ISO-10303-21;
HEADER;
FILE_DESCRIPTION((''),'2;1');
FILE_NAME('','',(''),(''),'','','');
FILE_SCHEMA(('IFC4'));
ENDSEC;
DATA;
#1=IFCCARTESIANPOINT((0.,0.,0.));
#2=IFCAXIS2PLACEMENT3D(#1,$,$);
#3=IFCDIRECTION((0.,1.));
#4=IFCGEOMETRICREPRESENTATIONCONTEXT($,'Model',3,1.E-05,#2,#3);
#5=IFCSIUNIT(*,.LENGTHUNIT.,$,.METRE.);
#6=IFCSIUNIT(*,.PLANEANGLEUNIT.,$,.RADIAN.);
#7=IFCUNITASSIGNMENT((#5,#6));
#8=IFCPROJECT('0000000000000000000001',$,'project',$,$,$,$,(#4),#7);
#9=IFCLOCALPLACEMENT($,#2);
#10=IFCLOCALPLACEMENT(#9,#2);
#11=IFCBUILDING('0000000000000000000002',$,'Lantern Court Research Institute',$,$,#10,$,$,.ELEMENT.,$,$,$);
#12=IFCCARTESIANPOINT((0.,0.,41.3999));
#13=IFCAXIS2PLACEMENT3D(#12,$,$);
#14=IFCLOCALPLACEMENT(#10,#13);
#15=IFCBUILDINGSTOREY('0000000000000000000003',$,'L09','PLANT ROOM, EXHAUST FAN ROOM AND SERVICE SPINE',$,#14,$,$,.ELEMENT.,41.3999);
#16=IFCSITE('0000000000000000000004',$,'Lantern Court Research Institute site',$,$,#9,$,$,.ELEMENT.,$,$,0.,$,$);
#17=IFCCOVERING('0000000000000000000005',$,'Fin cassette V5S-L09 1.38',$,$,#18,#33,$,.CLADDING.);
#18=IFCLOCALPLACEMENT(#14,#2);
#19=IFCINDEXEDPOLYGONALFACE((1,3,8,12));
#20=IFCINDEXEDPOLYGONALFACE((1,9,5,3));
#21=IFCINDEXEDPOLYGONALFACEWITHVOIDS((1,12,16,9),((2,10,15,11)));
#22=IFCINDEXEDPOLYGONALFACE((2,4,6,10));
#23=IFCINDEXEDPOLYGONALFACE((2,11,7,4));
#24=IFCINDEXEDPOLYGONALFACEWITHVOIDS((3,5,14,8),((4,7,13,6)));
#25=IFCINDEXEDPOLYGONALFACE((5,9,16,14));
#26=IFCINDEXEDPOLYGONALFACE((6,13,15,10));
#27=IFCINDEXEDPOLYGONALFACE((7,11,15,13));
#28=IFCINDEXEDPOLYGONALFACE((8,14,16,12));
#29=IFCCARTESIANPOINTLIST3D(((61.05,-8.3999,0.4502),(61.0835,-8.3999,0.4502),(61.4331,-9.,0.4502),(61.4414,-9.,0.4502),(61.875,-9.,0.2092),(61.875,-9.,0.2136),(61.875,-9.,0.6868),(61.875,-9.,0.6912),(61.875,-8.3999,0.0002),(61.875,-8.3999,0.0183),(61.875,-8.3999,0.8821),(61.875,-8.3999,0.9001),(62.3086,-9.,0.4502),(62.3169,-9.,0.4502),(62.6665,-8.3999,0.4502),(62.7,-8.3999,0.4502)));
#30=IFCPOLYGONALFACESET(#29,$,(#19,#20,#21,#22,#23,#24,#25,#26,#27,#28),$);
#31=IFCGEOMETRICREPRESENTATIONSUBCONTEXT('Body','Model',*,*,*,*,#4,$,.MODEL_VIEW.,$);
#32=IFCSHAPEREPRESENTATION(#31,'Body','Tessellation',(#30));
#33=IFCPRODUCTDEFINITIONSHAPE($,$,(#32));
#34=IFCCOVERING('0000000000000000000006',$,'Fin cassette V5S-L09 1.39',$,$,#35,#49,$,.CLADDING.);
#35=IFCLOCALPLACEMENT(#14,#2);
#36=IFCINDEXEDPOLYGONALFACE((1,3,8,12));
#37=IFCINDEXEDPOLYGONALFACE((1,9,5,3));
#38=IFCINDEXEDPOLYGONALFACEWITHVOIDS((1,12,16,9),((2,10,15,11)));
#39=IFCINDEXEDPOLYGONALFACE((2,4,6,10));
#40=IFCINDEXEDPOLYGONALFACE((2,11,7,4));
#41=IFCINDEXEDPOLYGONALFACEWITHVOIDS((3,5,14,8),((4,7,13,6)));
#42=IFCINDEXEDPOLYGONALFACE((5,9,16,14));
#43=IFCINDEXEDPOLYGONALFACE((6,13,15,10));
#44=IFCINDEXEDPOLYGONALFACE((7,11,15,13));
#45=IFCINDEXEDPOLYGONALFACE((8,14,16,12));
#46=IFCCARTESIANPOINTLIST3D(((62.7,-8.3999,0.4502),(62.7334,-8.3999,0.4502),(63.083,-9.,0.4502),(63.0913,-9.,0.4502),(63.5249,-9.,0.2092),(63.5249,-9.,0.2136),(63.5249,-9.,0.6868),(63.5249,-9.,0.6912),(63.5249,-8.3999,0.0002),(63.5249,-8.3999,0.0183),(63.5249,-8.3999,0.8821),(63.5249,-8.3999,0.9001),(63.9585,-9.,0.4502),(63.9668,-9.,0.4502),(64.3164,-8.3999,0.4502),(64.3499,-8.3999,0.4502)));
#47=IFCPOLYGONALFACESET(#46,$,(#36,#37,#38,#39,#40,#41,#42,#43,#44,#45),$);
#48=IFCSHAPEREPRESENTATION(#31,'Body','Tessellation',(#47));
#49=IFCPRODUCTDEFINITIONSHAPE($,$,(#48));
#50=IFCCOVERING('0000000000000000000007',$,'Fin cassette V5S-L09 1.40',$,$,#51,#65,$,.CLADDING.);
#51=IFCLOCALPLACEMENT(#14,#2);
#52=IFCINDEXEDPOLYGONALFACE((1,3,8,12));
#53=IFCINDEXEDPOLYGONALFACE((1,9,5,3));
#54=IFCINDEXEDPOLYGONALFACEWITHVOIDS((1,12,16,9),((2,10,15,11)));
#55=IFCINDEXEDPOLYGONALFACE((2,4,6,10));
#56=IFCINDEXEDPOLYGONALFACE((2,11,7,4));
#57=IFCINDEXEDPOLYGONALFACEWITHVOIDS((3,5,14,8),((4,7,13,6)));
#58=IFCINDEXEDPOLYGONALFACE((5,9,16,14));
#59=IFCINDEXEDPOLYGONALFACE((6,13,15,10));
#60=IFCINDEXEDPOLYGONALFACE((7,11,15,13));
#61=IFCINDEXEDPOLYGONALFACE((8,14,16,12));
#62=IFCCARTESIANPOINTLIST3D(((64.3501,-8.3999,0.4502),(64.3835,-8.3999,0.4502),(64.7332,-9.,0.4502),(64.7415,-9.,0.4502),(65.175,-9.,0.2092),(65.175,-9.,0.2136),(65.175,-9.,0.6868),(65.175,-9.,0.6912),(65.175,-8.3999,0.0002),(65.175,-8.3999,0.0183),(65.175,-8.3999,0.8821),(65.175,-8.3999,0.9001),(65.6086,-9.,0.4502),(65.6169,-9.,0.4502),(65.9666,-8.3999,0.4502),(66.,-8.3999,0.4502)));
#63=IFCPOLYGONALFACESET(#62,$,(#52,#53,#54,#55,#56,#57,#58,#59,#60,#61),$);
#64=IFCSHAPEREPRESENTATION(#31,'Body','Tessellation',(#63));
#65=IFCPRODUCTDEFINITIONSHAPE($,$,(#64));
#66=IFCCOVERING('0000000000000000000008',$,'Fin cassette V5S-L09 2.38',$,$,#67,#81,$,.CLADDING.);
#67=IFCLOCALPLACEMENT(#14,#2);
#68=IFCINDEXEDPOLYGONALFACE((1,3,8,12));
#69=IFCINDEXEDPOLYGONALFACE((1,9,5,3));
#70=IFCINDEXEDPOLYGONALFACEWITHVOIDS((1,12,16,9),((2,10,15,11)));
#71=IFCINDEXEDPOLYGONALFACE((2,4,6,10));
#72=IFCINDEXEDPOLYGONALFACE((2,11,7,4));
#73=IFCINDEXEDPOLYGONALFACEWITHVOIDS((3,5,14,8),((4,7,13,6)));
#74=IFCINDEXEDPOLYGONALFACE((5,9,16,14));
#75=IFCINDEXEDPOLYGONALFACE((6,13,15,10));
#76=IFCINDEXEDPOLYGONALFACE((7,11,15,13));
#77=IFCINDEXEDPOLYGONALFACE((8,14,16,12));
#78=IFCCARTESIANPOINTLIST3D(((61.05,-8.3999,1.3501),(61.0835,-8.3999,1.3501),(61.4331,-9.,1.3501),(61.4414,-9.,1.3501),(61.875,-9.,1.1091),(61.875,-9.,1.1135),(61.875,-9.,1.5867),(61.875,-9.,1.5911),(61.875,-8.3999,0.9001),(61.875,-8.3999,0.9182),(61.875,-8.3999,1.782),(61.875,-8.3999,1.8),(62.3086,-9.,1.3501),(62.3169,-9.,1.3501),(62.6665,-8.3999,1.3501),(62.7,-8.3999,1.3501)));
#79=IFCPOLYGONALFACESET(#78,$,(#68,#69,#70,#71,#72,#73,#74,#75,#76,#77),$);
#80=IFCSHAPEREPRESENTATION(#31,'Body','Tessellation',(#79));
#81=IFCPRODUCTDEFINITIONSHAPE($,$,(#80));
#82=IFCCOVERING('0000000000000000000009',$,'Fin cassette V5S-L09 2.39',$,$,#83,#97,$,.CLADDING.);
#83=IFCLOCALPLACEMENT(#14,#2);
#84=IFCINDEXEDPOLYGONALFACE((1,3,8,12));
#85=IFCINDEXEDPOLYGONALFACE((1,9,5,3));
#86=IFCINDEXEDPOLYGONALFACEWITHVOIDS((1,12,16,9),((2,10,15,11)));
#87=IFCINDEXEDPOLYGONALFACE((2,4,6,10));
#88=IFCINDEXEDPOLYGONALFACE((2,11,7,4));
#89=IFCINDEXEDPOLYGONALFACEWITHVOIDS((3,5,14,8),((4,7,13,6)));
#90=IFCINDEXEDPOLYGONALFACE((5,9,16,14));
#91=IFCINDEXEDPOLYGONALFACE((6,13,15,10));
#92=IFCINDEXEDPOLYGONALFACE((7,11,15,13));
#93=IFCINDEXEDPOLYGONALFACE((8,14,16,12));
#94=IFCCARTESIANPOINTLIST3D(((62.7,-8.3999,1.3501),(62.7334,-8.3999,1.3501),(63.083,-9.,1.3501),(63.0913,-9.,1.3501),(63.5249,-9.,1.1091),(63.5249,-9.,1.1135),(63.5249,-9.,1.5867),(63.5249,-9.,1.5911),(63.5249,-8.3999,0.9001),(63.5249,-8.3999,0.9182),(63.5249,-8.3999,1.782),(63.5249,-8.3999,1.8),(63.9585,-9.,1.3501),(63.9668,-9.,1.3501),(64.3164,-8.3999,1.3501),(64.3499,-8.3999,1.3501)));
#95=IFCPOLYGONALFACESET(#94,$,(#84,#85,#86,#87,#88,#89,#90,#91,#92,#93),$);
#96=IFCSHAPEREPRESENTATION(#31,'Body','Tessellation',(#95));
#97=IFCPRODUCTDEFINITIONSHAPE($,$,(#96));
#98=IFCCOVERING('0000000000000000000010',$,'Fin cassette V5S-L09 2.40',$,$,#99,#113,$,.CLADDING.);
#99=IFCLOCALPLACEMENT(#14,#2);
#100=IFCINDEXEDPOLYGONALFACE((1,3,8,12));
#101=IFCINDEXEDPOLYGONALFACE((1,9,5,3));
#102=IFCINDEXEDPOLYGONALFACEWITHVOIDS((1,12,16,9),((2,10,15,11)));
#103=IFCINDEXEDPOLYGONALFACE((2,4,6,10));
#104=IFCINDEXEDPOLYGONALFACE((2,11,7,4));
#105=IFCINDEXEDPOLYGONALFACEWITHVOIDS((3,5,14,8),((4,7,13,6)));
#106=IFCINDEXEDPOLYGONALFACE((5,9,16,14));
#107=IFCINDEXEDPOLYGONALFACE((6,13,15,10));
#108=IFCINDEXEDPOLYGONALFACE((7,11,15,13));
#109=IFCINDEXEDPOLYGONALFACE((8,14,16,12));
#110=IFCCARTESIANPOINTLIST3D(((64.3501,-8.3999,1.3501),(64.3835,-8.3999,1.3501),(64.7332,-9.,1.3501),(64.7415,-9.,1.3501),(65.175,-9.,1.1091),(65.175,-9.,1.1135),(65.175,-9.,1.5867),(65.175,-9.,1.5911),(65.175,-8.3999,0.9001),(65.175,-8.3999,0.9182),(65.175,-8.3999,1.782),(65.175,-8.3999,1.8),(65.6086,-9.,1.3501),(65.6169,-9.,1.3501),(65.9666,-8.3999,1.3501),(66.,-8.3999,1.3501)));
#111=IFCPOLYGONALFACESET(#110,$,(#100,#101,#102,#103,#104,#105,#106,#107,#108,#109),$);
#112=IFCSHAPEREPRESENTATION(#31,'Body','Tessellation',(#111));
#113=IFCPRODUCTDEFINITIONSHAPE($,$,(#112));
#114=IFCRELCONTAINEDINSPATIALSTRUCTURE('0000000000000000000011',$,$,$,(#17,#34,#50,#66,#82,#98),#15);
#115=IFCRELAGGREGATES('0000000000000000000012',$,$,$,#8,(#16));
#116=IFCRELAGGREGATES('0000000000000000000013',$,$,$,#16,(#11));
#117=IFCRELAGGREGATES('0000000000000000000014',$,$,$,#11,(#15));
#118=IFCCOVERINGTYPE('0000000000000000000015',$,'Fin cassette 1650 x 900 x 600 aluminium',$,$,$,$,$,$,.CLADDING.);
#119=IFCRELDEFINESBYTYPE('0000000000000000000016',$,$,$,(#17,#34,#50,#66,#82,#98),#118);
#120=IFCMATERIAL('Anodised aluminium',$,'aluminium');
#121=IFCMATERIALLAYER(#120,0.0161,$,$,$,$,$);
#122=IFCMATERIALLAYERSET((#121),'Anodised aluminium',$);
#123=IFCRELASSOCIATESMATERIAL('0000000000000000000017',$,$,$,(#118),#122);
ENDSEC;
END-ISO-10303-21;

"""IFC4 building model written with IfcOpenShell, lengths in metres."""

from ifc_helpers import new_model, entity, si_unit, direction, frame, origin, place, context, subcontext, project, spatial, material, layer, layer_set, type_object, element, save


model = new_model("IFC4")

# Units and contexts
model_context = context("Model", 3, precision=1e-05, world=origin(), true_north=direction((0.0, 1.0)))
body_context = subcontext(model_context, "Body", "Model", "MODEL_VIEW")
ifc_project = project(units=[si_unit("LENGTHUNIT", "METRE"), si_unit("PLANEANGLEUNIT", "RADIAN")], contexts=[model_context])

# Site, building, storey
site_placement = place(None, origin())
site = spatial("IfcSite", under=ifc_project, at=site_placement, Name="Lantern Court Research Institute site", CompositionType="ELEMENT", RefElevation=0.0)
building_placement = place(site_placement, origin())
building = spatial("IfcBuilding", under=site, at=building_placement, Name="Lantern Court Research Institute", CompositionType="ELEMENT")
storey_placement = place(building_placement, frame((0.0, 0.0, 41.3999)))
storey = spatial("IfcBuildingStorey", under=building, at=storey_placement, Name="L09", Description="PLANT ROOM, EXHAUST FAN ROOM AND SERVICE SPINE", CompositionType="ELEMENT", Elevation=41.3999)

# Coverings
ifc_material_1 = material(Name="Anodised aluminium", Category="aluminium")
ifc_layer_1 = layer(ifc_material_1, 0.0161)
ifc_layer_set_1 = layer_set([ifc_layer_1], Name="Anodised aluminium")
covering_type = type_object("IfcCoveringType", Name="Fin cassette 1650 x 900 x 600 aluminium", PredefinedType="CLADDING", material=ifc_layer_set_1)
covering_1_placement = place(storey_placement, frame((61.875, -8.3999, 0.4502), z_axis=(0.0, -1.0, 0.0), x_axis=(1.0, 0.0, 0.0)))
cartesian_point_1 = entity("IfcCartesianPoint", [0.825, 0.0])
cartesian_point_2 = entity("IfcCartesianPoint", [0.7915, 0.0])
cartesian_point_3 = entity("IfcCartesianPoint", [0.4419, 0.0])
cartesian_point_4 = entity("IfcCartesianPoint", [0.4336, 0.0])
element("IfcCovering", 1, at=covering_1_placement, inside=storey, type_object=covering_type, Name="Fin cassette V5S-L09 1.38", PredefinedType="CLADDING", context=body_context, shape_type="SweptSolid", body=[
    entity("IfcExtrudedAreaSolidTapered", entity("IfcArbitraryProfileDefWithVoids", "AREA", None, entity("IfcPolyline", [cartesian_point_1, entity("IfcCartesianPoint", [0.0, 0.45]), entity("IfcCartesianPoint", [-0.825, 0.0]), entity("IfcCartesianPoint", [0.0, -0.45]), cartesian_point_1]), [entity("IfcPolyline", [cartesian_point_2, entity("IfcCartesianPoint", [0.0, 0.4319]), entity("IfcCartesianPoint", [-0.7915, 0.0]), entity("IfcCartesianPoint", [0.0, -0.4319]), cartesian_point_2])]), entity("IfcAxis2Placement3D", entity("IfcCartesianPoint", [0.0, 0.0, 0.0])), entity("IfcDirection", [0.0, 0.0, 1.0]), 0.6001, entity("IfcArbitraryProfileDefWithVoids", "AREA", None, entity("IfcPolyline", [cartesian_point_3, entity("IfcCartesianPoint", [0.0, 0.241]), entity("IfcCartesianPoint", [-0.4419, 0.0]), entity("IfcCartesianPoint", [0.0, -0.241]), cartesian_point_3]), [entity("IfcPolyline", [cartesian_point_4, entity("IfcCartesianPoint", [0.0, 0.2366]), entity("IfcCartesianPoint", [-0.4336, 0.0]), entity("IfcCartesianPoint", [0.0, -0.2366]), cartesian_point_4])])),
])
covering_2_placement = place(storey_placement, frame((63.5249, -8.3999, 0.4502), z_axis=(0.0, -1.0, 0.0), x_axis=(1.0, 0.0, 0.0)))
cartesian_point_5 = entity("IfcCartesianPoint", [0.825, 0.0])
cartesian_point_6 = entity("IfcCartesianPoint", [0.7915, 0.0])
cartesian_point_7 = entity("IfcCartesianPoint", [0.4419, 0.0])
cartesian_point_8 = entity("IfcCartesianPoint", [0.4336, 0.0])
element("IfcCovering", 2, at=covering_2_placement, inside=storey, type_object=covering_type, Name="Fin cassette V5S-L09 1.39", PredefinedType="CLADDING", context=body_context, shape_type="SweptSolid", body=[
    entity("IfcExtrudedAreaSolidTapered", entity("IfcArbitraryProfileDefWithVoids", "AREA", None, entity("IfcPolyline", [cartesian_point_5, entity("IfcCartesianPoint", [0.0, 0.45]), entity("IfcCartesianPoint", [-0.825, 0.0]), entity("IfcCartesianPoint", [0.0, -0.45]), cartesian_point_5]), [entity("IfcPolyline", [cartesian_point_6, entity("IfcCartesianPoint", [0.0, 0.4319]), entity("IfcCartesianPoint", [-0.7915, 0.0]), entity("IfcCartesianPoint", [0.0, -0.4319]), cartesian_point_6])]), entity("IfcAxis2Placement3D", entity("IfcCartesianPoint", [0.0, 0.0, 0.0])), entity("IfcDirection", [0.0, 0.0, 1.0]), 0.6001, entity("IfcArbitraryProfileDefWithVoids", "AREA", None, entity("IfcPolyline", [cartesian_point_7, entity("IfcCartesianPoint", [0.0, 0.241]), entity("IfcCartesianPoint", [-0.4419, 0.0]), entity("IfcCartesianPoint", [0.0, -0.241]), cartesian_point_7]), [entity("IfcPolyline", [cartesian_point_8, entity("IfcCartesianPoint", [0.0, 0.2366]), entity("IfcCartesianPoint", [-0.4336, 0.0]), entity("IfcCartesianPoint", [0.0, -0.2366]), cartesian_point_8])])),
])
covering_3_placement = place(storey_placement, frame((65.175, -8.3999, 0.4502), z_axis=(0.0, -1.0, 0.0), x_axis=(1.0, 0.0, 0.0)))
cartesian_point_9 = entity("IfcCartesianPoint", [0.825, 0.0])
cartesian_point_10 = entity("IfcCartesianPoint", [0.7915, 0.0])
cartesian_point_11 = entity("IfcCartesianPoint", [0.4419, 0.0])
cartesian_point_12 = entity("IfcCartesianPoint", [0.4336, 0.0])
element("IfcCovering", 3, at=covering_3_placement, inside=storey, type_object=covering_type, Name="Fin cassette V5S-L09 1.40", PredefinedType="CLADDING", context=body_context, shape_type="SweptSolid", body=[
    entity("IfcExtrudedAreaSolidTapered", entity("IfcArbitraryProfileDefWithVoids", "AREA", None, entity("IfcPolyline", [cartesian_point_9, entity("IfcCartesianPoint", [0.0, 0.45]), entity("IfcCartesianPoint", [-0.825, 0.0]), entity("IfcCartesianPoint", [0.0, -0.45]), cartesian_point_9]), [entity("IfcPolyline", [cartesian_point_10, entity("IfcCartesianPoint", [0.0, 0.4319]), entity("IfcCartesianPoint", [-0.7915, 0.0]), entity("IfcCartesianPoint", [0.0, -0.4319]), cartesian_point_10])]), entity("IfcAxis2Placement3D", entity("IfcCartesianPoint", [0.0, 0.0, 0.0])), entity("IfcDirection", [0.0, 0.0, 1.0]), 0.6001, entity("IfcArbitraryProfileDefWithVoids", "AREA", None, entity("IfcPolyline", [cartesian_point_11, entity("IfcCartesianPoint", [0.0, 0.241]), entity("IfcCartesianPoint", [-0.4419, 0.0]), entity("IfcCartesianPoint", [0.0, -0.241]), cartesian_point_11]), [entity("IfcPolyline", [cartesian_point_12, entity("IfcCartesianPoint", [0.0, 0.2366]), entity("IfcCartesianPoint", [-0.4336, 0.0]), entity("IfcCartesianPoint", [0.0, -0.2366]), cartesian_point_12])])),
])
covering_4_placement = place(storey_placement, frame((61.875, -8.3999, 1.3501), z_axis=(0.0, -1.0, 0.0), x_axis=(1.0, 0.0, 0.0)))
cartesian_point_13 = entity("IfcCartesianPoint", [0.825, 0.0])
cartesian_point_14 = entity("IfcCartesianPoint", [0.7915, 0.0])
cartesian_point_15 = entity("IfcCartesianPoint", [0.4419, 0.0])
cartesian_point_16 = entity("IfcCartesianPoint", [0.4336, 0.0])
element("IfcCovering", 4, at=covering_4_placement, inside=storey, type_object=covering_type, Name="Fin cassette V5S-L09 2.38", PredefinedType="CLADDING", context=body_context, shape_type="SweptSolid", body=[
    entity("IfcExtrudedAreaSolidTapered", entity("IfcArbitraryProfileDefWithVoids", "AREA", None, entity("IfcPolyline", [cartesian_point_13, entity("IfcCartesianPoint", [0.0, 0.45]), entity("IfcCartesianPoint", [-0.825, 0.0]), entity("IfcCartesianPoint", [0.0, -0.45]), cartesian_point_13]), [entity("IfcPolyline", [cartesian_point_14, entity("IfcCartesianPoint", [0.0, 0.4319]), entity("IfcCartesianPoint", [-0.7915, 0.0]), entity("IfcCartesianPoint", [0.0, -0.4319]), cartesian_point_14])]), entity("IfcAxis2Placement3D", entity("IfcCartesianPoint", [0.0, 0.0, 0.0])), entity("IfcDirection", [0.0, 0.0, 1.0]), 0.6001, entity("IfcArbitraryProfileDefWithVoids", "AREA", None, entity("IfcPolyline", [cartesian_point_15, entity("IfcCartesianPoint", [0.0, 0.241]), entity("IfcCartesianPoint", [-0.4419, 0.0]), entity("IfcCartesianPoint", [0.0, -0.241]), cartesian_point_15]), [entity("IfcPolyline", [cartesian_point_16, entity("IfcCartesianPoint", [0.0, 0.2366]), entity("IfcCartesianPoint", [-0.4336, 0.0]), entity("IfcCartesianPoint", [0.0, -0.2366]), cartesian_point_16])])),
])
covering_5_placement = place(storey_placement, frame((63.5249, -8.3999, 1.3501), z_axis=(0.0, -1.0, 0.0), x_axis=(1.0, 0.0, 0.0)))
cartesian_point_17 = entity("IfcCartesianPoint", [0.825, 0.0])
cartesian_point_18 = entity("IfcCartesianPoint", [0.7915, 0.0])
cartesian_point_19 = entity("IfcCartesianPoint", [0.4419, 0.0])
cartesian_point_20 = entity("IfcCartesianPoint", [0.4336, 0.0])
element("IfcCovering", 5, at=covering_5_placement, inside=storey, type_object=covering_type, Name="Fin cassette V5S-L09 2.39", PredefinedType="CLADDING", context=body_context, shape_type="SweptSolid", body=[
    entity("IfcExtrudedAreaSolidTapered", entity("IfcArbitraryProfileDefWithVoids", "AREA", None, entity("IfcPolyline", [cartesian_point_17, entity("IfcCartesianPoint", [0.0, 0.45]), entity("IfcCartesianPoint", [-0.825, 0.0]), entity("IfcCartesianPoint", [0.0, -0.45]), cartesian_point_17]), [entity("IfcPolyline", [cartesian_point_18, entity("IfcCartesianPoint", [0.0, 0.4319]), entity("IfcCartesianPoint", [-0.7915, 0.0]), entity("IfcCartesianPoint", [0.0, -0.4319]), cartesian_point_18])]), entity("IfcAxis2Placement3D", entity("IfcCartesianPoint", [0.0, 0.0, 0.0])), entity("IfcDirection", [0.0, 0.0, 1.0]), 0.6001, entity("IfcArbitraryProfileDefWithVoids", "AREA", None, entity("IfcPolyline", [cartesian_point_19, entity("IfcCartesianPoint", [0.0, 0.241]), entity("IfcCartesianPoint", [-0.4419, 0.0]), entity("IfcCartesianPoint", [0.0, -0.241]), cartesian_point_19]), [entity("IfcPolyline", [cartesian_point_20, entity("IfcCartesianPoint", [0.0, 0.2366]), entity("IfcCartesianPoint", [-0.4336, 0.0]), entity("IfcCartesianPoint", [0.0, -0.2366]), cartesian_point_20])])),
])
covering_6_placement = place(storey_placement, frame((65.175, -8.3999, 1.3501), z_axis=(0.0, -1.0, 0.0), x_axis=(1.0, 0.0, 0.0)))
cartesian_point_21 = entity("IfcCartesianPoint", [0.825, 0.0])
cartesian_point_22 = entity("IfcCartesianPoint", [0.7915, 0.0])
cartesian_point_23 = entity("IfcCartesianPoint", [0.4419, 0.0])
cartesian_point_24 = entity("IfcCartesianPoint", [0.4336, 0.0])
element("IfcCovering", 6, at=covering_6_placement, inside=storey, type_object=covering_type, Name="Fin cassette V5S-L09 2.40", PredefinedType="CLADDING", context=body_context, shape_type="SweptSolid", body=[
    entity("IfcExtrudedAreaSolidTapered", entity("IfcArbitraryProfileDefWithVoids", "AREA", None, entity("IfcPolyline", [cartesian_point_21, entity("IfcCartesianPoint", [0.0, 0.45]), entity("IfcCartesianPoint", [-0.825, 0.0]), entity("IfcCartesianPoint", [0.0, -0.45]), cartesian_point_21]), [entity("IfcPolyline", [cartesian_point_22, entity("IfcCartesianPoint", [0.0, 0.4319]), entity("IfcCartesianPoint", [-0.7915, 0.0]), entity("IfcCartesianPoint", [0.0, -0.4319]), cartesian_point_22])]), entity("IfcAxis2Placement3D", entity("IfcCartesianPoint", [0.0, 0.0, 0.0])), entity("IfcDirection", [0.0, 0.0, 1.0]), 0.6001, entity("IfcArbitraryProfileDefWithVoids", "AREA", None, entity("IfcPolyline", [cartesian_point_23, entity("IfcCartesianPoint", [0.0, 0.241]), entity("IfcCartesianPoint", [-0.4419, 0.0]), entity("IfcCartesianPoint", [0.0, -0.241]), cartesian_point_23]), [entity("IfcPolyline", [cartesian_point_24, entity("IfcCartesianPoint", [0.0, 0.2366]), entity("IfcCartesianPoint", [-0.4336, 0.0]), entity("IfcCartesianPoint", [0.0, -0.2366]), cartesian_point_24])])),
])

save(model, "model.ifc")
